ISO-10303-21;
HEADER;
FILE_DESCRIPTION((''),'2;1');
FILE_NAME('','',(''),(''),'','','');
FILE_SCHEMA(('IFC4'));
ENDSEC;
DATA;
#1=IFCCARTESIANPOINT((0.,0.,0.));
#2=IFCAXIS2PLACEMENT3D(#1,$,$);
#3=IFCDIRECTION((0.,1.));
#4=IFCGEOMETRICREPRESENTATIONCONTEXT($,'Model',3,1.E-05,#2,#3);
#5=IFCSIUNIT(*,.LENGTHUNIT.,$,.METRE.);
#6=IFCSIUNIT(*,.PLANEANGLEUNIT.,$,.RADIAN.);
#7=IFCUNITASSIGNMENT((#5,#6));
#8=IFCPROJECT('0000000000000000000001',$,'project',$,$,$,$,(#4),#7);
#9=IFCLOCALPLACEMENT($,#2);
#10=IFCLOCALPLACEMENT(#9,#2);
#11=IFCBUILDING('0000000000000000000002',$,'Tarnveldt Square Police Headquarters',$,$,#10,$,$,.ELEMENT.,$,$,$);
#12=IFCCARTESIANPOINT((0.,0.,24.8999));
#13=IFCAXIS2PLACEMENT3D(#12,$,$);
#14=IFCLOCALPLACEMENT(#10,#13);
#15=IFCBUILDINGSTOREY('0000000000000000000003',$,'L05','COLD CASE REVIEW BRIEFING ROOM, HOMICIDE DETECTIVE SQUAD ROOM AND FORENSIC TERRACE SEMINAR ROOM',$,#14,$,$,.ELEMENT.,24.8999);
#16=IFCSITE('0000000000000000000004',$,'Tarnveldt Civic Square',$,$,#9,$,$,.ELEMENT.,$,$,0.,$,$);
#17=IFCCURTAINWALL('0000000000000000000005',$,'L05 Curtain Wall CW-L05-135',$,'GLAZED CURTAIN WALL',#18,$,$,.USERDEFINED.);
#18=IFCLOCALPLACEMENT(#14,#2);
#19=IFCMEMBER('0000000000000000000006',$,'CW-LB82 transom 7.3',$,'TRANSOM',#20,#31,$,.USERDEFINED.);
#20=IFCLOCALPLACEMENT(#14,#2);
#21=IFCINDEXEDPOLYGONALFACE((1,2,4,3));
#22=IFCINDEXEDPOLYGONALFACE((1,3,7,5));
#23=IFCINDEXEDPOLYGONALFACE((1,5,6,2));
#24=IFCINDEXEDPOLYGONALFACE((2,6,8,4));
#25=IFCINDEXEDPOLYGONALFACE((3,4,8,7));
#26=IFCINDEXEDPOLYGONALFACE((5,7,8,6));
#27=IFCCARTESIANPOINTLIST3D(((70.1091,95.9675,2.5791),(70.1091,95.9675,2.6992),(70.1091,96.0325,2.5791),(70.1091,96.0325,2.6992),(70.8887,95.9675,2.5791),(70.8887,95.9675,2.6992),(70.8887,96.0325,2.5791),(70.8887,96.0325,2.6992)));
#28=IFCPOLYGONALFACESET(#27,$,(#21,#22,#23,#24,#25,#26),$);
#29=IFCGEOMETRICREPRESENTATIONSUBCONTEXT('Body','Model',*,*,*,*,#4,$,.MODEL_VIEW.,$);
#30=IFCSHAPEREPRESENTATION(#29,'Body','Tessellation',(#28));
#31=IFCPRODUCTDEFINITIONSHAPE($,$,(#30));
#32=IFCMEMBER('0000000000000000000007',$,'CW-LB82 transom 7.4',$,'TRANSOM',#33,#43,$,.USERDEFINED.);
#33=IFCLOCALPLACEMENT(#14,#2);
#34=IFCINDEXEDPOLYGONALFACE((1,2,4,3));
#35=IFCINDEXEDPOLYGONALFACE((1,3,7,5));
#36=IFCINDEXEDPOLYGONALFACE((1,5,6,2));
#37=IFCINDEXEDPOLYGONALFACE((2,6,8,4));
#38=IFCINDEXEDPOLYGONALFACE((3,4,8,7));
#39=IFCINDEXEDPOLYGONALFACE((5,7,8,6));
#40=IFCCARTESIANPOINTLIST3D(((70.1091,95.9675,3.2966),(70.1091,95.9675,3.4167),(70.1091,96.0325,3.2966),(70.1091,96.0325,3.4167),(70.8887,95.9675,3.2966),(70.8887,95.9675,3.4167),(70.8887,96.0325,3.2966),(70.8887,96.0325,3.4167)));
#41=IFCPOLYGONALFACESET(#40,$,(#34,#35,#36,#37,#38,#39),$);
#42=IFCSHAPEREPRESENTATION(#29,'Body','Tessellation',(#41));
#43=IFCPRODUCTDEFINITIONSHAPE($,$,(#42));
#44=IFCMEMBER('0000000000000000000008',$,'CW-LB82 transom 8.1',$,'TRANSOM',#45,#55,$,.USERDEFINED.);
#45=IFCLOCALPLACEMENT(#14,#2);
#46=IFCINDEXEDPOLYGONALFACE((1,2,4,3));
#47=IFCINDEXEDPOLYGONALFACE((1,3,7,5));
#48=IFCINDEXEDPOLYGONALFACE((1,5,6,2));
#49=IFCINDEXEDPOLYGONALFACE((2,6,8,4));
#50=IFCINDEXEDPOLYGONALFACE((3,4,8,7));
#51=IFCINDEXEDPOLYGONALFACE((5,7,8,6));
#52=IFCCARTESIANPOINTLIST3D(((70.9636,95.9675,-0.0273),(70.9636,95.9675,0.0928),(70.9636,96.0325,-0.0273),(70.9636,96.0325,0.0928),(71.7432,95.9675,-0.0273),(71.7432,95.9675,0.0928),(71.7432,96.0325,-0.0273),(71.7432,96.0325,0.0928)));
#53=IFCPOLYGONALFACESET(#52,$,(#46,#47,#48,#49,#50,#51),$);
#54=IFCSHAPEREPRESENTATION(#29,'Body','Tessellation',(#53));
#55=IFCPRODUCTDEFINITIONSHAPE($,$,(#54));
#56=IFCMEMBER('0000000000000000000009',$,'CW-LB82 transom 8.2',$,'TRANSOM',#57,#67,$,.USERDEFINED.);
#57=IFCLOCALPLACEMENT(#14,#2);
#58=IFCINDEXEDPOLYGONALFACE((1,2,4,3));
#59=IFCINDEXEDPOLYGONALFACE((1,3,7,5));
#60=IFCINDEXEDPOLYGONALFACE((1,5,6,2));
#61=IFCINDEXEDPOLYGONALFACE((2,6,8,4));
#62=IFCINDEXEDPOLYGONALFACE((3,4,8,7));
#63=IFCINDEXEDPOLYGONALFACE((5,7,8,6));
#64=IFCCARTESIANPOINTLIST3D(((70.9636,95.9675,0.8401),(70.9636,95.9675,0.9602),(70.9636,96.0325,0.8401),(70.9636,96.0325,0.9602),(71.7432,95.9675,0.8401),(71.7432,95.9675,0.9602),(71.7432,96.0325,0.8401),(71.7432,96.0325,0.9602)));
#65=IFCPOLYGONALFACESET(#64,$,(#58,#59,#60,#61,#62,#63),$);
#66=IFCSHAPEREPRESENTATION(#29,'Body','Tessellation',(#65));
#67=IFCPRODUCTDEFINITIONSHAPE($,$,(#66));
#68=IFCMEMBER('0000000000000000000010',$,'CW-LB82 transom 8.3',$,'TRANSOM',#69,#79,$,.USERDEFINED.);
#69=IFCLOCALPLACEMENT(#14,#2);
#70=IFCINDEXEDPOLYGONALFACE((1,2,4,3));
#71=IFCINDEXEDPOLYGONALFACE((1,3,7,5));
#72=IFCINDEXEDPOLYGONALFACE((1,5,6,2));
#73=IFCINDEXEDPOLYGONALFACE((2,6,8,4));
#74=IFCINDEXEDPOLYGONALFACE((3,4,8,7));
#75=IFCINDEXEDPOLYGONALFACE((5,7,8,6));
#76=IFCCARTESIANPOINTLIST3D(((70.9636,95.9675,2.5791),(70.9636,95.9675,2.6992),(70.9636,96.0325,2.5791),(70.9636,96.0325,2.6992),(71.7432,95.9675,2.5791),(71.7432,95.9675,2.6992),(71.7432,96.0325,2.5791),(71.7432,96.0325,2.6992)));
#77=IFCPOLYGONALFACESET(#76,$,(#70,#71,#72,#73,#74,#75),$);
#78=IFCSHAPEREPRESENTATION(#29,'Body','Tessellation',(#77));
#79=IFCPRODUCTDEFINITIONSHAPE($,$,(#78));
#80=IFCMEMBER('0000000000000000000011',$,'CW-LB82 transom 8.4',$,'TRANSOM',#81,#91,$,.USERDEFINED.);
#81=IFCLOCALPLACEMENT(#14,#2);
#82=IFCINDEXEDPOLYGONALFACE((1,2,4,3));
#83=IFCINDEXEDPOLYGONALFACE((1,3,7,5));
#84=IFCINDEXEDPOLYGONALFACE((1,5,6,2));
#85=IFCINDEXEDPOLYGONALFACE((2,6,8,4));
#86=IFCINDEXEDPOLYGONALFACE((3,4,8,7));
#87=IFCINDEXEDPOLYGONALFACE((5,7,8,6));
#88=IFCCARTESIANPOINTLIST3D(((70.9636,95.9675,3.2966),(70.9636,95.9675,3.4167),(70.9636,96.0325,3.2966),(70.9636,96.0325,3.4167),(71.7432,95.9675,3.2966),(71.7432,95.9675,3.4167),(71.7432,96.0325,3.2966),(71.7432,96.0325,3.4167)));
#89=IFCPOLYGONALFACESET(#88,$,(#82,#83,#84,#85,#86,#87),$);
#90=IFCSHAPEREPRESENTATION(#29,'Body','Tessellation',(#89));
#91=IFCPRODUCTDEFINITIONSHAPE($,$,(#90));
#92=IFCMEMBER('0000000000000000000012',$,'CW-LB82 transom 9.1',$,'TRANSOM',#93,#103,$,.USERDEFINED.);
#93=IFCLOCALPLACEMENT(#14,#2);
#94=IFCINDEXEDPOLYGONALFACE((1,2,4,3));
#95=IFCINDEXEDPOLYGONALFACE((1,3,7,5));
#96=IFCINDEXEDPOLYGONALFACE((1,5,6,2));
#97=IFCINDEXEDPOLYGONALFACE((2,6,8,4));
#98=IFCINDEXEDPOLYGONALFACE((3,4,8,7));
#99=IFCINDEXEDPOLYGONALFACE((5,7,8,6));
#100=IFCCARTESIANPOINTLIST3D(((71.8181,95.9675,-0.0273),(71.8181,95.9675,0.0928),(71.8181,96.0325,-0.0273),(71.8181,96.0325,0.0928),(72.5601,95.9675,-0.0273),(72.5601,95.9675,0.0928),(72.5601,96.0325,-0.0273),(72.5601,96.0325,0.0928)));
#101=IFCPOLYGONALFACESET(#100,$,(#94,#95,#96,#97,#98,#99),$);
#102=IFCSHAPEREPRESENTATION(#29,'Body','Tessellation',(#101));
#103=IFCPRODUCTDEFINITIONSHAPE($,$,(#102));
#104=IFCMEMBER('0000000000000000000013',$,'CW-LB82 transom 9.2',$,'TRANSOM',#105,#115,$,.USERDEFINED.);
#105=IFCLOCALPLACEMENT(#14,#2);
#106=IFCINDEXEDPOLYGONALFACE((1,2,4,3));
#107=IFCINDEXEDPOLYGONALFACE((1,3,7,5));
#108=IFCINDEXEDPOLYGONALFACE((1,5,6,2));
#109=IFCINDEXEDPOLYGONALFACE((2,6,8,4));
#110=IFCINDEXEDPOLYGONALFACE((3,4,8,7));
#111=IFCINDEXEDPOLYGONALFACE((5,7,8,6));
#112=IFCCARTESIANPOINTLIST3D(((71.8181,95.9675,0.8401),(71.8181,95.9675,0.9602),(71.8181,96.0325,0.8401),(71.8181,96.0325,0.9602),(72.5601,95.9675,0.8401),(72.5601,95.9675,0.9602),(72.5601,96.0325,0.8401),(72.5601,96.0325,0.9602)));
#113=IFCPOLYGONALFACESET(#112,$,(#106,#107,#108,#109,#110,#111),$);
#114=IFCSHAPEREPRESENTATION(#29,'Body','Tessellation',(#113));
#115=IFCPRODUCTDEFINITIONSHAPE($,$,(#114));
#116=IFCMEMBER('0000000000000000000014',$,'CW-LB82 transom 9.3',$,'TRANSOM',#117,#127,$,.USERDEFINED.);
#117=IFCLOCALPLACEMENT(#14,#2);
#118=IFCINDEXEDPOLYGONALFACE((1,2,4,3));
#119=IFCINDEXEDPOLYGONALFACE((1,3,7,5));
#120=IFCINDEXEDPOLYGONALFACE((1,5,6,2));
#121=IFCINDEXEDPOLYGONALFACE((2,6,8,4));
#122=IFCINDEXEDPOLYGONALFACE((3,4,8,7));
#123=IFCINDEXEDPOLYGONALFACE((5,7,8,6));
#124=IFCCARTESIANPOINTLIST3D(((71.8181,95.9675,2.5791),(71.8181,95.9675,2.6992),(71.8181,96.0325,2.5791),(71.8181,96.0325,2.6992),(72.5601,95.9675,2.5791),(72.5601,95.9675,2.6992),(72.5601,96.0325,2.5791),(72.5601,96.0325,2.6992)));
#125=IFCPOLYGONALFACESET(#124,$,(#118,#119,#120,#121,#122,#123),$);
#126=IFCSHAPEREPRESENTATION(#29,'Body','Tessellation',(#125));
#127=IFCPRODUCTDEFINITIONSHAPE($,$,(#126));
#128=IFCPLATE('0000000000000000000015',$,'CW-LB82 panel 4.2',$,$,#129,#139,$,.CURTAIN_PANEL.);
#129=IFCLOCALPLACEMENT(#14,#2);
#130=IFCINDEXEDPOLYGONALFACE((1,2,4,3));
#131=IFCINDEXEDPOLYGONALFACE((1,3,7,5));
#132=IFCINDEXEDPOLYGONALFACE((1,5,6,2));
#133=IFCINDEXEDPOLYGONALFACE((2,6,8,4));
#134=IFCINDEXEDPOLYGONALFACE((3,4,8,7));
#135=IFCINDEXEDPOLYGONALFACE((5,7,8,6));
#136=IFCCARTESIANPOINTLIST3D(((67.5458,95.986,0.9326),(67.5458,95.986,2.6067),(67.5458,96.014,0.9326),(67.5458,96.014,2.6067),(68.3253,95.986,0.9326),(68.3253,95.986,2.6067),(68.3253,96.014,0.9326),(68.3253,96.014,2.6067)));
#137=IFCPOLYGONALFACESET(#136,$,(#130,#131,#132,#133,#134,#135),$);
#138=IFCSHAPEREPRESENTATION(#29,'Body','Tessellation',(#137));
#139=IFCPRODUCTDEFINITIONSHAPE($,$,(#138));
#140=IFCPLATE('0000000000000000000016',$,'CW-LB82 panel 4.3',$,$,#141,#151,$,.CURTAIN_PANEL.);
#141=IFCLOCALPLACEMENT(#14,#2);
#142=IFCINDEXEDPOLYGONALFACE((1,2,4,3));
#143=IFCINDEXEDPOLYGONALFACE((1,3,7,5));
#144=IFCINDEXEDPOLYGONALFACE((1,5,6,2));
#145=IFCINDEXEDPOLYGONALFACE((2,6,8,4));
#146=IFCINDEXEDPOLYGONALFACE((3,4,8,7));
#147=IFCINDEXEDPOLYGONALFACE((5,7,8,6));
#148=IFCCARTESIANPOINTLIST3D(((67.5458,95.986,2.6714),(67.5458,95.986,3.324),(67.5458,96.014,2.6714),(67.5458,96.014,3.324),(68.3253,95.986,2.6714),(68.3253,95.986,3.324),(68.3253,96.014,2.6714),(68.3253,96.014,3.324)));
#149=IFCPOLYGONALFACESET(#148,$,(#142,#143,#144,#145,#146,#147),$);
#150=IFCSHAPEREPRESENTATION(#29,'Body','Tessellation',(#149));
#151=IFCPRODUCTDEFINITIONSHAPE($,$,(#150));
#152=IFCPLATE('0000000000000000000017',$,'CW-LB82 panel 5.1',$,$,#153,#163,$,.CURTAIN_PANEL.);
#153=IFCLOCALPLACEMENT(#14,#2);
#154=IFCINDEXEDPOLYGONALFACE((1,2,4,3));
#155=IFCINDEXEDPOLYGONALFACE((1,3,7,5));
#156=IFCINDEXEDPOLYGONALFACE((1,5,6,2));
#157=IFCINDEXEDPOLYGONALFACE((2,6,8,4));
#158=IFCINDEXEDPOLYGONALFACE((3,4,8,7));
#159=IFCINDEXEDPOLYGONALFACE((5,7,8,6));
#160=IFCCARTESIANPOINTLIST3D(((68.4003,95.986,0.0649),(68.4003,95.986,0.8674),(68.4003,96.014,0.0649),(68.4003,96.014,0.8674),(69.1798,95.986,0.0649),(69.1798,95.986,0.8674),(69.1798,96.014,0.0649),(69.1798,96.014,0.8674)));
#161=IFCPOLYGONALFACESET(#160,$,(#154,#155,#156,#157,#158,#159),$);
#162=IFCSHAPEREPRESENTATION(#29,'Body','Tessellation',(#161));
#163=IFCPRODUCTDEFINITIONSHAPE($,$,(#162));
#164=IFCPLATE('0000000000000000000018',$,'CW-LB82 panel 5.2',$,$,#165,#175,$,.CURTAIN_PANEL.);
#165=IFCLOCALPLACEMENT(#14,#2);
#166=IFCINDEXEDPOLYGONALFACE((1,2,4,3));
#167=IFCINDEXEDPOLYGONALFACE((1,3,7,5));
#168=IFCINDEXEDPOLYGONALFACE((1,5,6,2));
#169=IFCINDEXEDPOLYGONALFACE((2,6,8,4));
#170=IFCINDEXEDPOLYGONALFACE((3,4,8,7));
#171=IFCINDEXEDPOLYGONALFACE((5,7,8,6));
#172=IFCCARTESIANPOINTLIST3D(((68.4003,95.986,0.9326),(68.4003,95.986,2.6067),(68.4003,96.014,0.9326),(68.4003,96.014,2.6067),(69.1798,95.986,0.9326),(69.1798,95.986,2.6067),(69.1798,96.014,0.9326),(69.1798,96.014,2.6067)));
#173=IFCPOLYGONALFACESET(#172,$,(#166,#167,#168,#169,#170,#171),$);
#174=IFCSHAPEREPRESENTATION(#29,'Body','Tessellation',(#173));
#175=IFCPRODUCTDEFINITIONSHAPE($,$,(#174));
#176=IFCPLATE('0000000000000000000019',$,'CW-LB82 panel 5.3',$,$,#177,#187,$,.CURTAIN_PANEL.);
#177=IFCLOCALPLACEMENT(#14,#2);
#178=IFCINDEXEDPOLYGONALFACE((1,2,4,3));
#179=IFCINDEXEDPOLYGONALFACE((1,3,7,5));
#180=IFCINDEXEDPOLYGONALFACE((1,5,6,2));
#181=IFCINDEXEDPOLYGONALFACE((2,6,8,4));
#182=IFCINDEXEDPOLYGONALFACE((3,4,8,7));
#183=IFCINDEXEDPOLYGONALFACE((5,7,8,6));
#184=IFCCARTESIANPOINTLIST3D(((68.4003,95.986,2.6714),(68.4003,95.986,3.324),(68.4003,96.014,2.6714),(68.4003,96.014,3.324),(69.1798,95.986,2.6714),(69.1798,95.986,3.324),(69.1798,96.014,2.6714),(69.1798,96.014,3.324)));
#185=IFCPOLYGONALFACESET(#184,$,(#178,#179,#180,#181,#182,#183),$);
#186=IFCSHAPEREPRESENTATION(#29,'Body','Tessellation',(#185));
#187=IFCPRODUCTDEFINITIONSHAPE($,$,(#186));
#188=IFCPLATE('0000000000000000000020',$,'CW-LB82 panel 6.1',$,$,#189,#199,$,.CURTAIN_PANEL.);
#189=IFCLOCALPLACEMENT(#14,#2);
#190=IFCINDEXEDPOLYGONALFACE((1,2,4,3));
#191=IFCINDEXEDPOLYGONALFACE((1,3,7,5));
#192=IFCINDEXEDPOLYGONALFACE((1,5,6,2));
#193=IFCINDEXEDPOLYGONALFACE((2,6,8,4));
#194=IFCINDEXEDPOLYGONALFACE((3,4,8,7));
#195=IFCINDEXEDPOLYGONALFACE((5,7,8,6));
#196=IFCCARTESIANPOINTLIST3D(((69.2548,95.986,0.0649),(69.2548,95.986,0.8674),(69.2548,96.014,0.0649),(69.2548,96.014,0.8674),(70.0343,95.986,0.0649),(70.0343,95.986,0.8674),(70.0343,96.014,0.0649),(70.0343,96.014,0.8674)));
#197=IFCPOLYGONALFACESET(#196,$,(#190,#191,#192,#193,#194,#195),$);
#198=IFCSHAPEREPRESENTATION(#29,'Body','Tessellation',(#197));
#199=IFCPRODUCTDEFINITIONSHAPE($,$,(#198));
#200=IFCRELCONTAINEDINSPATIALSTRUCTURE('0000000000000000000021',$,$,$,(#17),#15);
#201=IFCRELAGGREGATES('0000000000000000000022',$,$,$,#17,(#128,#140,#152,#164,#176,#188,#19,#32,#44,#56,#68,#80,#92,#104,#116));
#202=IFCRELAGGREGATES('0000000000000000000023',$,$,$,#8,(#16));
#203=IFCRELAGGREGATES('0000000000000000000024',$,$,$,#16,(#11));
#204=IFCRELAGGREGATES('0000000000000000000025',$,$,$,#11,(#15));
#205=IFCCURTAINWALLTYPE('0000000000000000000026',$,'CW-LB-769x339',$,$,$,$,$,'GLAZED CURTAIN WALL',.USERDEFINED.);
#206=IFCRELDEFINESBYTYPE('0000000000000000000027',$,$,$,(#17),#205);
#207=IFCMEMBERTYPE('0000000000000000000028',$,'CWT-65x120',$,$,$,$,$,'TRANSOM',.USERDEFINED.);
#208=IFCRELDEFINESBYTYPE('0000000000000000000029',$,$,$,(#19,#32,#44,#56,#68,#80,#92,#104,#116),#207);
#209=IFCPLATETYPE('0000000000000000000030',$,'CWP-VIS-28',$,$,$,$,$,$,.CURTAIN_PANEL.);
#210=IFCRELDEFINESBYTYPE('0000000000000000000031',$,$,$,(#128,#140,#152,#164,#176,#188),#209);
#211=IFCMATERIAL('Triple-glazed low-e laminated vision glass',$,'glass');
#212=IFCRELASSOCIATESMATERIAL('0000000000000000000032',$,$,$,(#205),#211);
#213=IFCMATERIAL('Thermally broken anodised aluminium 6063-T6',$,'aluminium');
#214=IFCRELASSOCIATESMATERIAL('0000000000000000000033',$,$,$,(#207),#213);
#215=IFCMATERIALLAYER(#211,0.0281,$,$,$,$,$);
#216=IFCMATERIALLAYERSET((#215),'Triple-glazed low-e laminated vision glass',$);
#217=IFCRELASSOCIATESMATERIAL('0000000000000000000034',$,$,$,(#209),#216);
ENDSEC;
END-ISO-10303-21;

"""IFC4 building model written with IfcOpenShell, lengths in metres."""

from ifc_helpers import new_model, si_unit, direction, frame, origin, origin_2d, place, context, subcontext, project, spatial, rectangle, extrude, material, layer, layer_set, material_profile, profile_set, type_object, element, aggregate, save


model = new_model("IFC4")

# Units and contexts
model_context = context("Model", 3, precision=1e-05, world=origin(), true_north=direction((0.0, 1.0)))
body_context = subcontext(model_context, "Body", "Model", "MODEL_VIEW")
ifc_project = project(units=[si_unit("LENGTHUNIT", "METRE"), si_unit("PLANEANGLEUNIT", "RADIAN")], contexts=[model_context])

# Site, building, storey
site_placement = place(None, origin())
site = spatial("IfcSite", under=ifc_project, at=site_placement, Name="Tarnveldt Civic Square", CompositionType="ELEMENT", RefElevation=0.0)
building_placement = place(site_placement, origin())
building = spatial("IfcBuilding", under=site, at=building_placement, Name="Tarnveldt Square Police Headquarters", CompositionType="ELEMENT")
storey_placement = place(building_placement, frame((0.0, 0.0, 24.8999)))
storey = spatial("IfcBuildingStorey", under=building, at=storey_placement, Name="L05", Description="COLD CASE REVIEW BRIEFING ROOM, HOMICIDE DETECTIVE SQUAD ROOM AND FORENSIC TERRACE SEMINAR ROOM", CompositionType="ELEMENT", Elevation=24.8999)

# Curtain wall, members, plates
ifc_material_1 = material(Name="Triple-glazed low-e laminated vision glass", Category="glass")
curtain_wall_type = type_object("IfcCurtainWallType", Name="CW-LB-769x339", ElementType="GLAZED CURTAIN WALL", PredefinedType="USERDEFINED", material=ifc_material_1)
curtain_wall_placement = place(storey_placement, origin())
curtain_wall = element("IfcCurtainWall", 1, at=curtain_wall_placement, inside=storey, type_object=curtain_wall_type, Name="L05 Curtain Wall CW-L05-135", ObjectType="GLAZED CURTAIN WALL", PredefinedType="USERDEFINED")
ifc_material_2 = material(Name="Thermally broken anodised aluminium 6063-T6", Category="aluminium")
ifc_material_profile_1 = material_profile(ifc_material_2, rectangle(XDim=0.0649, YDim=0.1201, at=origin_2d()), Name="CW-T65x120")
ifc_profile_set_1 = profile_set([ifc_material_profile_1], Name="Thermally broken anodised aluminium 6063-T6")
member_type_1 = type_object("IfcMemberType", Name="CWT-65x120", ElementType="TRANSOM", PredefinedType="USERDEFINED", material=ifc_profile_set_1)
member_1_placement = place(storey_placement, frame((70.1091, 96.0, 2.6392), z_axis=(1.0, 0.0, 0.0), x_axis=(0.0, 1.0, 0.0)))
member_1 = element("IfcMember", 2, at=member_1_placement, type_object=member_type_1, Name="CW-LB82 transom 7.3", ObjectType="TRANSOM", PredefinedType="USERDEFINED", context=body_context, shape_type="SweptSolid", body=[
    extrude(rectangle(XDim=0.0649, YDim=0.1201, at=origin_2d()), origin(), (0.0, 0.0, 1.0), 0.7795),
])
member_2_placement = place(storey_placement, frame((70.1091, 96.0, 3.3567), z_axis=(1.0, 0.0, 0.0), x_axis=(0.0, 1.0, 0.0)))
member_2 = element("IfcMember", 3, at=member_2_placement, type_object=member_type_1, Name="CW-LB82 transom 7.4", ObjectType="TRANSOM", PredefinedType="USERDEFINED", context=body_context, shape_type="SweptSolid", body=[
    extrude(rectangle(XDim=0.0649, YDim=0.1201, at=origin_2d()), origin(), (0.0, 0.0, 1.0), 0.7795),
])
member_3_placement = place(storey_placement, frame((70.9636, 96.0, 0.0327), z_axis=(1.0, 0.0, 0.0), x_axis=(0.0, 1.0, 0.0)))
member_3 = element("IfcMember", 4, at=member_3_placement, type_object=member_type_1, Name="CW-LB82 transom 8.1", ObjectType="TRANSOM", PredefinedType="USERDEFINED", context=body_context, shape_type="SweptSolid", body=[
    extrude(rectangle(XDim=0.0649, YDim=0.1201, at=origin_2d()), origin(), (0.0, 0.0, 1.0), 0.7795),
])
member_4_placement = place(storey_placement, frame((70.9636, 96.0, 0.9001), z_axis=(1.0, 0.0, 0.0), x_axis=(0.0, 1.0, 0.0)))
member_4 = element("IfcMember", 5, at=member_4_placement, type_object=member_type_1, Name="CW-LB82 transom 8.2", ObjectType="TRANSOM", PredefinedType="USERDEFINED", context=body_context, shape_type="SweptSolid", body=[
    extrude(rectangle(XDim=0.0649, YDim=0.1201, at=origin_2d()), origin(), (0.0, 0.0, 1.0), 0.7795),
])
member_5_placement = place(storey_placement, frame((70.9636, 96.0, 2.6392), z_axis=(1.0, 0.0, 0.0), x_axis=(0.0, 1.0, 0.0)))
member_5 = element("IfcMember", 6, at=member_5_placement, type_object=member_type_1, Name="CW-LB82 transom 8.3", ObjectType="TRANSOM", PredefinedType="USERDEFINED", context=body_context, shape_type="SweptSolid", body=[
    extrude(rectangle(XDim=0.0649, YDim=0.1201, at=origin_2d()), origin(), (0.0, 0.0, 1.0), 0.7795),
])
member_6_placement = place(storey_placement, frame((70.9636, 96.0, 3.3567), z_axis=(1.0, 0.0, 0.0), x_axis=(0.0, 1.0, 0.0)))
member_6 = element("IfcMember", 7, at=member_6_placement, type_object=member_type_1, Name="CW-LB82 transom 8.4", ObjectType="TRANSOM", PredefinedType="USERDEFINED", context=body_context, shape_type="SweptSolid", body=[
    extrude(rectangle(XDim=0.0649, YDim=0.1201, at=origin_2d()), origin(), (0.0, 0.0, 1.0), 0.7795),
])
member_7_placement = place(storey_placement, frame((71.8181, 96.0, 0.0327), z_axis=(1.0, 0.0, 0.0), x_axis=(0.0, 1.0, 0.0)))
member_7 = element("IfcMember", 8, at=member_7_placement, type_object=member_type_1, Name="CW-LB82 transom 9.1", ObjectType="TRANSOM", PredefinedType="USERDEFINED", context=body_context, shape_type="SweptSolid", body=[
    extrude(rectangle(XDim=0.0649, YDim=0.1201, at=origin_2d()), origin(), (0.0, 0.0, 1.0), 0.7419),
])
member_8_placement = place(storey_placement, frame((71.8181, 96.0, 0.9001), z_axis=(1.0, 0.0, 0.0), x_axis=(0.0, 1.0, 0.0)))
member_8 = element("IfcMember", 9, at=member_8_placement, type_object=member_type_1, Name="CW-LB82 transom 9.2", ObjectType="TRANSOM", PredefinedType="USERDEFINED", context=body_context, shape_type="SweptSolid", body=[
    extrude(rectangle(XDim=0.0649, YDim=0.1201, at=origin_2d()), origin(), (0.0, 0.0, 1.0), 0.7419),
])
member_9_placement = place(storey_placement, frame((71.8181, 96.0, 2.6392), z_axis=(1.0, 0.0, 0.0), x_axis=(0.0, 1.0, 0.0)))
member_9 = element("IfcMember", 10, at=member_9_placement, type_object=member_type_1, Name="CW-LB82 transom 9.3", ObjectType="TRANSOM", PredefinedType="USERDEFINED", context=body_context, shape_type="SweptSolid", body=[
    extrude(rectangle(XDim=0.0649, YDim=0.1201, at=origin_2d()), origin(), (0.0, 0.0, 1.0), 0.7419),
])
ifc_layer = layer(ifc_material_1, 0.0281)
ifc_layer_set = layer_set([ifc_layer], Name="Triple-glazed low-e laminated vision glass")
plate_type = type_object("IfcPlateType", Name="CWP-VIS-28", PredefinedType="CURTAIN_PANEL", material=ifc_layer_set)
plate_1_placement = place(storey_placement, frame((67.9355, 96.0, 0.9326), z_axis=(0.0, 0.0, 1.0), x_axis=(1.0, 0.0, 0.0)))
plate_1 = element("IfcPlate", 11, at=plate_1_placement, type_object=plate_type, Name="CW-LB82 panel 4.2", PredefinedType="CURTAIN_PANEL", context=body_context, shape_type="SweptSolid", body=[
    extrude(rectangle(XDim=0.7795, YDim=0.0281, at=origin_2d()), origin(), (0.0, 0.0, 1.0), 1.6741),
])
plate_2_placement = place(storey_placement, frame((67.9355, 96.0, 2.6714), z_axis=(0.0, 0.0, 1.0), x_axis=(1.0, 0.0, 0.0)))
plate_2 = element("IfcPlate", 12, at=plate_2_placement, type_object=plate_type, Name="CW-LB82 panel 4.3", PredefinedType="CURTAIN_PANEL", context=body_context, shape_type="SweptSolid", body=[
    extrude(rectangle(XDim=0.7795, YDim=0.0281, at=origin_2d()), origin(), (0.0, 0.0, 1.0), 0.6526),
])
plate_3_placement = place(storey_placement, frame((68.79, 96.0, 0.0649), z_axis=(0.0, 0.0, 1.0), x_axis=(1.0, 0.0, 0.0)))
plate_3 = element("IfcPlate", 13, at=plate_3_placement, type_object=plate_type, Name="CW-LB82 panel 5.1", PredefinedType="CURTAIN_PANEL", context=body_context, shape_type="SweptSolid", body=[
    extrude(rectangle(XDim=0.7795, YDim=0.0281, at=origin_2d()), origin(), (0.0, 0.0, 1.0), 0.8025),
])
plate_4_placement = place(storey_placement, frame((68.79, 96.0, 0.9326), z_axis=(0.0, 0.0, 1.0), x_axis=(1.0, 0.0, 0.0)))
plate_4 = element("IfcPlate", 14, at=plate_4_placement, type_object=plate_type, Name="CW-LB82 panel 5.2", PredefinedType="CURTAIN_PANEL", context=body_context, shape_type="SweptSolid", body=[
    extrude(rectangle(XDim=0.7795, YDim=0.0281, at=origin_2d()), origin(), (0.0, 0.0, 1.0), 1.6741),
])
plate_5_placement = place(storey_placement, frame((68.79, 96.0, 2.6714), z_axis=(0.0, 0.0, 1.0), x_axis=(1.0, 0.0, 0.0)))
plate_5 = element("IfcPlate", 15, at=plate_5_placement, type_object=plate_type, Name="CW-LB82 panel 5.3", PredefinedType="CURTAIN_PANEL", context=body_context, shape_type="SweptSolid", body=[
    extrude(rectangle(XDim=0.7795, YDim=0.0281, at=origin_2d()), origin(), (0.0, 0.0, 1.0), 0.6526),
])
plate_6_placement = place(storey_placement, frame((69.6445, 96.0, 0.0649), z_axis=(0.0, 0.0, 1.0), x_axis=(1.0, 0.0, 0.0)))
plate_6 = element("IfcPlate", 16, at=plate_6_placement, type_object=plate_type, Name="CW-LB82 panel 6.1", PredefinedType="CURTAIN_PANEL", context=body_context, shape_type="SweptSolid", body=[
    extrude(rectangle(XDim=0.7795, YDim=0.0281, at=origin_2d()), origin(), (0.0, 0.0, 1.0), 0.8025),
])
aggregate(curtain_wall, [plate_1, plate_2, plate_3, plate_4, plate_5, plate_6, member_1, member_2, member_3, member_4, member_5, member_6, member_7, member_8, member_9])

save(model, "model.ifc")
